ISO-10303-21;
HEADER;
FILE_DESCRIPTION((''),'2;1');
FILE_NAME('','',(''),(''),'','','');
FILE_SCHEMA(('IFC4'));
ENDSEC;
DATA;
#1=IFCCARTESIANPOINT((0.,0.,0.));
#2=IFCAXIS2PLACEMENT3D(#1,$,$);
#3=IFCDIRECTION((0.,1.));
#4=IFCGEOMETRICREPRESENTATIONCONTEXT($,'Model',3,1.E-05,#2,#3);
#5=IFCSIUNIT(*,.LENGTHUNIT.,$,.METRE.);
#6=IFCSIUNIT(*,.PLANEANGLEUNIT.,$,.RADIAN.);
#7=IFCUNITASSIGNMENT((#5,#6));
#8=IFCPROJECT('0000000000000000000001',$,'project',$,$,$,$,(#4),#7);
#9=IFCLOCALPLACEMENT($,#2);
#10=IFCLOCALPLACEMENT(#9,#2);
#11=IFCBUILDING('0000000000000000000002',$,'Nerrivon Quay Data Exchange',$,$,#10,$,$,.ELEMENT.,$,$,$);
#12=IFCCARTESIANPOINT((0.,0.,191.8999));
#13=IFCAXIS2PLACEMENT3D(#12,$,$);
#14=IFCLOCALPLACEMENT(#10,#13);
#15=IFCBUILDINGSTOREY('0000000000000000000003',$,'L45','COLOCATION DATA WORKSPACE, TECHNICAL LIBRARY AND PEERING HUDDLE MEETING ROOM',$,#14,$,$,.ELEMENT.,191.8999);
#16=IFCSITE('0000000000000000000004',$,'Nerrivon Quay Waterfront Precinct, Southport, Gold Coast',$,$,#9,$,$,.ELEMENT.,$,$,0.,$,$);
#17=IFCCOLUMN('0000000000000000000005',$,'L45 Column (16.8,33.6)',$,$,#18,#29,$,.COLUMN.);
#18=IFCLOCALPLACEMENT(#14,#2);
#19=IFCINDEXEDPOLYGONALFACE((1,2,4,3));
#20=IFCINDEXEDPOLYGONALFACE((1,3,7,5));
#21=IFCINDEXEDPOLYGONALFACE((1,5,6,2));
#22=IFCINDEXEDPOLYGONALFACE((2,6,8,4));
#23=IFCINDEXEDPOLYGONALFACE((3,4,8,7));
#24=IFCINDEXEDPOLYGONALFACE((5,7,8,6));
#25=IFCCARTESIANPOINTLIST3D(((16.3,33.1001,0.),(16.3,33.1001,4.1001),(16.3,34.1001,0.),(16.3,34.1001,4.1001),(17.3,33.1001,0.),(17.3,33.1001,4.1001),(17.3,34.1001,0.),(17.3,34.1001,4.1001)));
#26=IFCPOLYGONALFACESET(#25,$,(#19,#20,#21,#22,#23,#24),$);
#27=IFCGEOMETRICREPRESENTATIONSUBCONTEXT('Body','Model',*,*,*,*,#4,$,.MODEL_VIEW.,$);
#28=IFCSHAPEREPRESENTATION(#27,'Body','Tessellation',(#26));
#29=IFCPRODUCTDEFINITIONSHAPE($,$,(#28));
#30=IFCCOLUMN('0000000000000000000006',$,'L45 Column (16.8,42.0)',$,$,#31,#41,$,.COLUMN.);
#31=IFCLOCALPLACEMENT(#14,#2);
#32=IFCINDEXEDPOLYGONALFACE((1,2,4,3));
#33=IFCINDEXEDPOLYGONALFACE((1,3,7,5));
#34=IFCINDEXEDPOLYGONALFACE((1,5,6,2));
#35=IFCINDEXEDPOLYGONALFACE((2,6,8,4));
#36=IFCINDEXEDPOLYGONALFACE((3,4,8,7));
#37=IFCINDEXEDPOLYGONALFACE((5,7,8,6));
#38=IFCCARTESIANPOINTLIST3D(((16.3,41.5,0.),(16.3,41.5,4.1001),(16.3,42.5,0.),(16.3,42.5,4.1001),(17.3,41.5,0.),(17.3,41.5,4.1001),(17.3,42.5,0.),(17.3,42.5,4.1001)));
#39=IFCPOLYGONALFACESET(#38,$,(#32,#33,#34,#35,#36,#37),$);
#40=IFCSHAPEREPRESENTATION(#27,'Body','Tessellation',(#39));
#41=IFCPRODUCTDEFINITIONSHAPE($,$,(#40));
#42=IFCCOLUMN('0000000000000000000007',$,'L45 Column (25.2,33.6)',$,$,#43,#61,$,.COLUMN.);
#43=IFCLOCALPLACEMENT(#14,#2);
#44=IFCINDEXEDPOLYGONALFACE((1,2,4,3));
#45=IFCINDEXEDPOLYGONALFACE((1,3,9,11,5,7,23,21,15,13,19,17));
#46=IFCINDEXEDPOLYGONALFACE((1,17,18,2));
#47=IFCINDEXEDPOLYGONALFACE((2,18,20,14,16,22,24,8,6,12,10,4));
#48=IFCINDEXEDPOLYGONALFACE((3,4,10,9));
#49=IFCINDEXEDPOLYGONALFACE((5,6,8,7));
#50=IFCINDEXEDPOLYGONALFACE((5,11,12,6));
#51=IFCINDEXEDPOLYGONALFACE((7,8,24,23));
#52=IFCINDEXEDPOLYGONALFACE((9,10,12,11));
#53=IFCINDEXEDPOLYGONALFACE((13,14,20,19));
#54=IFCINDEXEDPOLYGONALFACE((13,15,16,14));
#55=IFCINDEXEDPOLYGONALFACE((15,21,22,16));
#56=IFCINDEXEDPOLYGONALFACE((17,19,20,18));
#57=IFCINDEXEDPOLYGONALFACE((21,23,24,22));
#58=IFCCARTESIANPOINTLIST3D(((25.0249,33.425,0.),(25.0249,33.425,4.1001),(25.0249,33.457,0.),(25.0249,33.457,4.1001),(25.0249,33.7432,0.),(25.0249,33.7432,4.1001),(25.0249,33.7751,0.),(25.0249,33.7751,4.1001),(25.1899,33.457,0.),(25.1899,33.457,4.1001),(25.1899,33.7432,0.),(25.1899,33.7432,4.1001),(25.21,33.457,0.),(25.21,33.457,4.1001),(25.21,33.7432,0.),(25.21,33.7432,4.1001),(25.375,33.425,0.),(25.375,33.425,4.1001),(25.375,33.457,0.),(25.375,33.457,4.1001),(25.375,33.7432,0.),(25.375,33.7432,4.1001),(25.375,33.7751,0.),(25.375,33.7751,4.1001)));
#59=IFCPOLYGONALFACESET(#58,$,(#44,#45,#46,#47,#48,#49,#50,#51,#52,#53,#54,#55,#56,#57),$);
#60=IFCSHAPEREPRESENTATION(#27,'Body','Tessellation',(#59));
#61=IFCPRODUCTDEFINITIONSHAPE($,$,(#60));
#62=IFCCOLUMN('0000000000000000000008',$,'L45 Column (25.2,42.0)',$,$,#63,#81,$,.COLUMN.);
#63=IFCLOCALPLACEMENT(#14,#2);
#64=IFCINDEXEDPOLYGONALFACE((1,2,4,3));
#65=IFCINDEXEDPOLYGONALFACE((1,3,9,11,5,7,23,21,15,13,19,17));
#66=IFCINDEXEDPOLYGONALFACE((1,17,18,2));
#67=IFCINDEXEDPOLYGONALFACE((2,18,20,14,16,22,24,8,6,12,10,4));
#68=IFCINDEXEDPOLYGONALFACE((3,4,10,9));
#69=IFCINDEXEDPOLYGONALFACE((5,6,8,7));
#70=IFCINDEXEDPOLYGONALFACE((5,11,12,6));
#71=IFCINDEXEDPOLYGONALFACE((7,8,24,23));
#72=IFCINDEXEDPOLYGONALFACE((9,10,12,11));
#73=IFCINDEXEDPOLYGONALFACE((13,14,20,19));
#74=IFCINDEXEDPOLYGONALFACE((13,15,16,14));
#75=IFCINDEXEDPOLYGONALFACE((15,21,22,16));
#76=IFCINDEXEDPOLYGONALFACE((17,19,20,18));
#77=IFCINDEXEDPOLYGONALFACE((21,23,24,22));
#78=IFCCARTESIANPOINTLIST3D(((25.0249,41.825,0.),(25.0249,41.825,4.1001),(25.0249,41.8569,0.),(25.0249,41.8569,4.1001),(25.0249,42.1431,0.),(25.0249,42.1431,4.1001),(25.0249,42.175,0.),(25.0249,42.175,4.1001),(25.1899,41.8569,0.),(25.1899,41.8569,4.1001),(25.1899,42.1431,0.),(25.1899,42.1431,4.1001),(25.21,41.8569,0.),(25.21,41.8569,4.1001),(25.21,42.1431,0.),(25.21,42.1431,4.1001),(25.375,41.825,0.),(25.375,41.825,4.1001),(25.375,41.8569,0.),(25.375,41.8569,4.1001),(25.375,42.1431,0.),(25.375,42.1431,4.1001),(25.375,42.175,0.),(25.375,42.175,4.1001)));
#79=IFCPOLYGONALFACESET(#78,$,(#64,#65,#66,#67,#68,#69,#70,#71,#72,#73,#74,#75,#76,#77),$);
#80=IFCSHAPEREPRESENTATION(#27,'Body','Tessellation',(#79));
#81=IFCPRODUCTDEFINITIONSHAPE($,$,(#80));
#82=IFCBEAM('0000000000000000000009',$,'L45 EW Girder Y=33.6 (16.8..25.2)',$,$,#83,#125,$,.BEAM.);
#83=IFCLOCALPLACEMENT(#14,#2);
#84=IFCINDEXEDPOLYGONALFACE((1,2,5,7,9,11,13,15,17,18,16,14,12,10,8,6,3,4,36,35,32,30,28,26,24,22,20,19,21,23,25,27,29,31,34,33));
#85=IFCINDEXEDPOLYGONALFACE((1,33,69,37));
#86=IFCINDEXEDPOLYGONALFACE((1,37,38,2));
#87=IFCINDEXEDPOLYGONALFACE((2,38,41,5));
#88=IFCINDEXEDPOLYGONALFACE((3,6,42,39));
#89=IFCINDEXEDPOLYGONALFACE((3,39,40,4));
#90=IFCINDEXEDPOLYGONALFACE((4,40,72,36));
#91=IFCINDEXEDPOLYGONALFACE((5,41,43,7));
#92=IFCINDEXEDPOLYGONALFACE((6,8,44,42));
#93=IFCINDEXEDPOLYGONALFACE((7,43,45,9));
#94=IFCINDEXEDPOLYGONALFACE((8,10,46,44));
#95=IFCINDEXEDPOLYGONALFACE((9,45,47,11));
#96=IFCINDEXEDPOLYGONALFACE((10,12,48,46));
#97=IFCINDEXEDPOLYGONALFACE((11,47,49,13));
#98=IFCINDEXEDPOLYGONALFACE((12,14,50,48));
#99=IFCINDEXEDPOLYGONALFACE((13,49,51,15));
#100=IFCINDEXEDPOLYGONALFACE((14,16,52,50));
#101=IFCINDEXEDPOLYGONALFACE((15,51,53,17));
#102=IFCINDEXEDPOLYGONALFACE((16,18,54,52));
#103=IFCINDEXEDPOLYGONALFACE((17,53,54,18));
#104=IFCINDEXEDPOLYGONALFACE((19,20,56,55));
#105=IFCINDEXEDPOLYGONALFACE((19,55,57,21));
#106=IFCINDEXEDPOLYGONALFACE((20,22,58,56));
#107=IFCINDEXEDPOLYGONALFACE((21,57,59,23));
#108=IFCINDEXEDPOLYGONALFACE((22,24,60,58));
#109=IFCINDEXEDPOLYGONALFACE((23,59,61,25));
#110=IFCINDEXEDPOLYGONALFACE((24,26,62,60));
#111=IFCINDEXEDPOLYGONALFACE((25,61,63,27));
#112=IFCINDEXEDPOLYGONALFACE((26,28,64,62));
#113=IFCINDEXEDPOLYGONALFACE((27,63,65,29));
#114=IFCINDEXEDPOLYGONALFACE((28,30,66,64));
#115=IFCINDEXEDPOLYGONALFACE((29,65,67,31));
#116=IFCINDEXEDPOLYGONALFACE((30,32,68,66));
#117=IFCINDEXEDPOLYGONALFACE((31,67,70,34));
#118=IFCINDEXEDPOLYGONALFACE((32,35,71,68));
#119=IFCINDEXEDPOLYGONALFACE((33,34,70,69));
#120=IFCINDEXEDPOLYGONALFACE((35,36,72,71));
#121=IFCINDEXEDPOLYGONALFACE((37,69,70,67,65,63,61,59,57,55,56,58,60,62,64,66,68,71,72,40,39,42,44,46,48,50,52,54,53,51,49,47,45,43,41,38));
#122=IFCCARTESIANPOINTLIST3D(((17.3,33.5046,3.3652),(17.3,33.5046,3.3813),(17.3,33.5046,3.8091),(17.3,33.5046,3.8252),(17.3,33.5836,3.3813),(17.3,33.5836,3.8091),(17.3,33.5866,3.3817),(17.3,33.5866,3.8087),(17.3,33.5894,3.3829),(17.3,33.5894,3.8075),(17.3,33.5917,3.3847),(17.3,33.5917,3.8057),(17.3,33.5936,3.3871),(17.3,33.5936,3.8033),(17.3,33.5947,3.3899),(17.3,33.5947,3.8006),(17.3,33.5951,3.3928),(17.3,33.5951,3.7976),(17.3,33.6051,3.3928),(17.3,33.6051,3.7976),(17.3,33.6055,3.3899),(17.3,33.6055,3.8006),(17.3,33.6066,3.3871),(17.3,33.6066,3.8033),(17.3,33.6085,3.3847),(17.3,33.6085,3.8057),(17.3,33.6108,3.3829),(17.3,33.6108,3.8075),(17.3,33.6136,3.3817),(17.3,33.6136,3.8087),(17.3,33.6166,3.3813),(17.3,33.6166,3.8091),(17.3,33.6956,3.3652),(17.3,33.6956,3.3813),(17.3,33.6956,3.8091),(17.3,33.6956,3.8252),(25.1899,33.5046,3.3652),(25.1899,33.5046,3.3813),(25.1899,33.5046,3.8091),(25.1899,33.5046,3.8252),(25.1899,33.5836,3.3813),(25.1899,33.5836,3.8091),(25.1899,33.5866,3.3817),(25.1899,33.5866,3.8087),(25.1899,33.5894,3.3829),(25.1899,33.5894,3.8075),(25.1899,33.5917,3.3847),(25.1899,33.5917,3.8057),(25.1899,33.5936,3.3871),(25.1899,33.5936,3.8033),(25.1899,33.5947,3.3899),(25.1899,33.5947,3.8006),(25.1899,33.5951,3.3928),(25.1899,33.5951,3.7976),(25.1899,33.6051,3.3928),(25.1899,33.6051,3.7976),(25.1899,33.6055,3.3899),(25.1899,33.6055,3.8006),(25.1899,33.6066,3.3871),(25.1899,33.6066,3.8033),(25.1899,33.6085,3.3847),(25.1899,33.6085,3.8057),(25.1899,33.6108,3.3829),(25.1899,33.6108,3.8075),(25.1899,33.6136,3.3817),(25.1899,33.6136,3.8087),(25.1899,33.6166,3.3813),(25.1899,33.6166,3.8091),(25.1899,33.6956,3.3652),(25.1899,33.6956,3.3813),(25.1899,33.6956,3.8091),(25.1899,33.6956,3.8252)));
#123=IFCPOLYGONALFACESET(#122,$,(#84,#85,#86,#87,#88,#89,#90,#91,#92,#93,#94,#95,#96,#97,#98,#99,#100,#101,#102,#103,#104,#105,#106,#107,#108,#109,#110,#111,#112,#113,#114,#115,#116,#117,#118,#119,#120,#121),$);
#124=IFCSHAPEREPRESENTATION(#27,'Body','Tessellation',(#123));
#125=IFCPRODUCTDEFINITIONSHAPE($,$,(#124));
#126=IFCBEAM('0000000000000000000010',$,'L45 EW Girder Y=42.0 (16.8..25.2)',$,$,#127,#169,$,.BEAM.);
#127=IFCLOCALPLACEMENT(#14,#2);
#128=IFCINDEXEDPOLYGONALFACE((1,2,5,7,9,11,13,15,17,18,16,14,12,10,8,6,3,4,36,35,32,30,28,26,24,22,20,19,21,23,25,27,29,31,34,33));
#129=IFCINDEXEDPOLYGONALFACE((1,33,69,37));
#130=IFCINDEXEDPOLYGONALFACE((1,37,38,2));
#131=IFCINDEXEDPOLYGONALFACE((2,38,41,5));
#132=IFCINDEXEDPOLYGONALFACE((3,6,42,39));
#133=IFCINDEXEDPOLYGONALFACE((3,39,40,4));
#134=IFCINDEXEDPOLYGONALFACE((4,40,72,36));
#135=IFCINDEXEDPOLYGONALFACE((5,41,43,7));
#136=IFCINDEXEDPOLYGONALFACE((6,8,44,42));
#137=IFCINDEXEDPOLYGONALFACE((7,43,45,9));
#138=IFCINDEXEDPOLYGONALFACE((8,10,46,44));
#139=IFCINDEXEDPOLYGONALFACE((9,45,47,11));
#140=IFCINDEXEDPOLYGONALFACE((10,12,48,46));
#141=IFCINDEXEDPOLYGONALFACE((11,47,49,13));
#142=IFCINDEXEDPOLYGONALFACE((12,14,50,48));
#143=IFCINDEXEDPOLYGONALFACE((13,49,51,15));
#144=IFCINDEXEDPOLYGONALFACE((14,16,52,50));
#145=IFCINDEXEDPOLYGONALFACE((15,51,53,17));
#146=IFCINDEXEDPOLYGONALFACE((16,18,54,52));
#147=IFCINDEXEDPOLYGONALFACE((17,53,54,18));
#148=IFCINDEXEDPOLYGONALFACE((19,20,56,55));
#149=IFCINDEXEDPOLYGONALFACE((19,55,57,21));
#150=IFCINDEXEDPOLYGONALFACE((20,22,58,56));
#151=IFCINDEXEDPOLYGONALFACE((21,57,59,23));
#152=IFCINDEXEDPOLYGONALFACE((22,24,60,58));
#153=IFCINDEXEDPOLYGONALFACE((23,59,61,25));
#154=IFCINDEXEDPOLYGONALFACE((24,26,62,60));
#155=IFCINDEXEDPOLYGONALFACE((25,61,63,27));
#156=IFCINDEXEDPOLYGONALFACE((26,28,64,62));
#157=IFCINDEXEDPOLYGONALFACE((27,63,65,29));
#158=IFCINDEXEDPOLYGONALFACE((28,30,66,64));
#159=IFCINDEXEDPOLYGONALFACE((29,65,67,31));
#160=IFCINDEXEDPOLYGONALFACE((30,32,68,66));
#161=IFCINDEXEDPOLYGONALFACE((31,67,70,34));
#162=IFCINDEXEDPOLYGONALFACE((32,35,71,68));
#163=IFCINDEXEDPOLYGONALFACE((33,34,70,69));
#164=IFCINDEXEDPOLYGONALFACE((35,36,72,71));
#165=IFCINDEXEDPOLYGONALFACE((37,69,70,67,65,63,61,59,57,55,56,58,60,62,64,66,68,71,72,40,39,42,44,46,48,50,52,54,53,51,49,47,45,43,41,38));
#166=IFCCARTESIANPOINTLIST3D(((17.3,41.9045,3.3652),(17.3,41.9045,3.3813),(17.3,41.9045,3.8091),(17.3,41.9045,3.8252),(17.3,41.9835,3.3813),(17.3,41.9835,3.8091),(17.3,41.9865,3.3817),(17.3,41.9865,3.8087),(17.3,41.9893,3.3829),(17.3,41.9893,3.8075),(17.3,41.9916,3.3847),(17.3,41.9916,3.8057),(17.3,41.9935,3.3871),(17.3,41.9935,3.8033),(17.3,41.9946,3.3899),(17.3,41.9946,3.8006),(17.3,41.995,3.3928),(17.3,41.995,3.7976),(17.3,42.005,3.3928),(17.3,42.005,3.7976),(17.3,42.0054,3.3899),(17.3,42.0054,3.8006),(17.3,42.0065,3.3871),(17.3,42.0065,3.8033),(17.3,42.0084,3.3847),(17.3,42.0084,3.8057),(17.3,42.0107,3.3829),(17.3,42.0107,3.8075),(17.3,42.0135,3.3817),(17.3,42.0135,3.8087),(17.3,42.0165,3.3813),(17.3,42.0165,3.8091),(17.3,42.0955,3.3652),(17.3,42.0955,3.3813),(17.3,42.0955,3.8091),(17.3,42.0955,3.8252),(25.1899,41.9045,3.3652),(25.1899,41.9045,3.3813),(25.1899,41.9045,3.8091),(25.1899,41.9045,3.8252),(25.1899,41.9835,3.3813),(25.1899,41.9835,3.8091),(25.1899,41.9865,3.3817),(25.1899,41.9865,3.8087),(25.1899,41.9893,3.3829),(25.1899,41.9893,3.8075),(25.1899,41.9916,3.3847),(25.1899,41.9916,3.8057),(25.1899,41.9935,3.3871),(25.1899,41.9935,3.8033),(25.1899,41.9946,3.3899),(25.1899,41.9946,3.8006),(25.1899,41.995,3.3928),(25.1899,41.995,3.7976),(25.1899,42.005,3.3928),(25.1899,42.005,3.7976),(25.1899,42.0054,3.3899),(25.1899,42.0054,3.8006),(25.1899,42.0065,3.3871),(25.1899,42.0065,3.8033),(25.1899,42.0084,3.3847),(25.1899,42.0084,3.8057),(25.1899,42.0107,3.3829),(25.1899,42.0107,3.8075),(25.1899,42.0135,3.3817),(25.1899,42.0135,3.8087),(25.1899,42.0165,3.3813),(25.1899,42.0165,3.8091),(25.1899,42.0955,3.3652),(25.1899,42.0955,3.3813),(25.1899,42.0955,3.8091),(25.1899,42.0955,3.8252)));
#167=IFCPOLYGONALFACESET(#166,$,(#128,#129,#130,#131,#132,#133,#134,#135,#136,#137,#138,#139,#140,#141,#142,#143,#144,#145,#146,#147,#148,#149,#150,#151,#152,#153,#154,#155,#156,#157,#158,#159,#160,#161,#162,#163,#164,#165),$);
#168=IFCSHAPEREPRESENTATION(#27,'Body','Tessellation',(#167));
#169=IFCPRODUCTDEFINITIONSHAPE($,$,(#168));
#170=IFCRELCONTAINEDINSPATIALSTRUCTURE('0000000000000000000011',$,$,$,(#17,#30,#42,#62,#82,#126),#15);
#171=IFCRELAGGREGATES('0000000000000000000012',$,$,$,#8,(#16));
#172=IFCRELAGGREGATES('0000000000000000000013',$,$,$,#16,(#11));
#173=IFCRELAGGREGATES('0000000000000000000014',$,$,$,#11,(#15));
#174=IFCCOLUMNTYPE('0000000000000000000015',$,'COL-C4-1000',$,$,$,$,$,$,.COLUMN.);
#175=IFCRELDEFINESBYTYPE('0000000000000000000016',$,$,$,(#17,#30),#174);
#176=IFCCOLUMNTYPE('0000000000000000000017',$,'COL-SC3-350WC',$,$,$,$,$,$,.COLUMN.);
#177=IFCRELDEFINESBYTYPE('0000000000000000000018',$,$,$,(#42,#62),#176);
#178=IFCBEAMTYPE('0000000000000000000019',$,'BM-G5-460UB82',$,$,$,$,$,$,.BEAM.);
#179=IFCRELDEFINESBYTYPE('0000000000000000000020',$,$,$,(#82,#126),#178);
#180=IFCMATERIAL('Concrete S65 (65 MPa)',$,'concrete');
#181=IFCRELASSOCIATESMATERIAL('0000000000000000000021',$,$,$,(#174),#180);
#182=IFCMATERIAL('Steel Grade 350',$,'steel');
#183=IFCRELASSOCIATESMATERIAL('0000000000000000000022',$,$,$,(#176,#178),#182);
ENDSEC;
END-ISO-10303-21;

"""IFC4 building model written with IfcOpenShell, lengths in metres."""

from ifc_helpers import new_model, si_unit, direction, frame, origin, origin_2d, place, context, subcontext, project, spatial, rectangle, i_section, extrude, material, material_profile, profile_set, type_object, element, save


model = new_model("IFC4")

# Units and contexts
model_context = context("Model", 3, precision=1e-05, world=origin(), true_north=direction((0.0, 1.0)))
body_context = subcontext(model_context, "Body", "Model", "MODEL_VIEW")
ifc_project = project(units=[si_unit("LENGTHUNIT", "METRE"), si_unit("PLANEANGLEUNIT", "RADIAN")], contexts=[model_context])

# Site, building, storey
site_placement = place(None, origin())
site = spatial("IfcSite", under=ifc_project, at=site_placement, Name="Nerrivon Quay Waterfront Precinct, Southport, Gold Coast", CompositionType="ELEMENT", RefElevation=0.0)
building_placement = place(site_placement, origin())
building = spatial("IfcBuilding", under=site, at=building_placement, Name="Nerrivon Quay Data Exchange", CompositionType="ELEMENT")
storey_placement = place(building_placement, frame((0.0, 0.0, 191.8999)))
storey = spatial("IfcBuildingStorey", under=building, at=storey_placement, Name="L45", Description="COLOCATION DATA WORKSPACE, TECHNICAL LIBRARY AND PEERING HUDDLE MEETING ROOM", CompositionType="ELEMENT", Elevation=191.8999)

# Columns
ifc_material_1 = material(Name="Concrete S65 (65 MPa)", Category="concrete")
ifc_material_profile_1 = material_profile(ifc_material_1, rectangle(XDim=1.0, YDim=1.0, at=origin_2d()), Name="RC-COL-1000x1000")
ifc_profile_set_1 = profile_set([ifc_material_profile_1], Name="Concrete S65 (65 MPa)")
column_type_1 = type_object("IfcColumnType", Name="COL-C4-1000", PredefinedType="COLUMN", material=ifc_profile_set_1)
for number, where, z_axis, x_axis, name in (
    (1, (16.8, 33.6001, 0.0), (0.0, 0.0, 1.0), (1.0, 0.0, 0.0), "L45 Column (16.8,33.6)"),
    (2, (16.8, 42.0, 0.0), (0.0, 0.0, 1.0), (1.0, 0.0, 0.0), "L45 Column (16.8,42.0)"),
):
    element("IfcColumn", number, at=place(storey_placement, frame(where, z_axis=z_axis, x_axis=x_axis)), inside=storey, type_object=column_type_1, Name=name, PredefinedType="COLUMN", context=body_context, shape_type="SweptSolid", body=[
        extrude(rectangle(XDim=1.0, YDim=1.0, at=origin_2d()), origin(), (0.0, 0.0, 1.0), 4.1001),
    ])
ifc_material_2 = material(Name="Steel Grade 350", Category="steel")
ifc_material_profile_2 = material_profile(ifc_material_2, i_section(OverallWidth=0.3501, OverallDepth=0.3501, WebThickness=0.02, FlangeThickness=0.032, at=origin_2d()), Name="350WC230")
ifc_profile_set_2 = profile_set([ifc_material_profile_2], Name="Steel Grade 350")
column_type_2 = type_object("IfcColumnType", Name="COL-SC3-350WC", PredefinedType="COLUMN", material=ifc_profile_set_2)
for number, where, z_axis, x_axis, name in (
    (3, (25.2, 33.6001, 0.0), (0.0, 0.0, 1.0), (1.0, 0.0, 0.0), "L45 Column (25.2,33.6)"),
    (4, (25.2, 42.0, 0.0), (0.0, 0.0, 1.0), (1.0, 0.0, 0.0), "L45 Column (25.2,42.0)"),
):
    element("IfcColumn", number, at=place(storey_placement, frame(where, z_axis=z_axis, x_axis=x_axis)), inside=storey, type_object=column_type_2, Name=name, PredefinedType="COLUMN", context=body_context, shape_type="SweptSolid", body=[
        extrude(i_section(OverallWidth=0.3501, OverallDepth=0.3501, WebThickness=0.02, FlangeThickness=0.032, at=origin_2d()), origin(), (0.0, 0.0, 1.0), 4.1001),
    ])

# Beams
ifc_material_profile_3 = material_profile(ifc_material_2, i_section(OverallWidth=0.1909, OverallDepth=0.46, WebThickness=0.01, FlangeThickness=0.0161, FilletRadius=0.0115, at=origin_2d()), Name="460UB82.1")
ifc_profile_set_3 = profile_set([ifc_material_profile_3], Name="Steel Grade 350")
beam_type_1 = type_object("IfcBeamType", Name="BM-G5-460UB82", PredefinedType="BEAM", material=ifc_profile_set_3)
for number, where, z_axis, x_axis, name in (
    (5, (17.3, 33.6001, 3.5952), (1.0, 0.0, 0.0), (0.0, 1.0, 0.0), "L45 EW Girder Y=33.6 (16.8..25.2)"),
    (6, (17.3, 42.0, 3.5952), (1.0, 0.0, 0.0), (0.0, 1.0, 0.0), "L45 EW Girder Y=42.0 (16.8..25.2)"),
):
    element("IfcBeam", number, at=place(storey_placement, frame(where, z_axis=z_axis, x_axis=x_axis)), inside=storey, type_object=beam_type_1, Name=name, PredefinedType="BEAM", context=body_context, shape_type="SweptSolid", body=[
        extrude(i_section(OverallWidth=0.1909, OverallDepth=0.46, WebThickness=0.01, FlangeThickness=0.0161, FilletRadius=0.0115, at=origin_2d()), origin(), (0.0, 0.0, 1.0), 7.8899),
    ])

save(model, "model.ifc")
